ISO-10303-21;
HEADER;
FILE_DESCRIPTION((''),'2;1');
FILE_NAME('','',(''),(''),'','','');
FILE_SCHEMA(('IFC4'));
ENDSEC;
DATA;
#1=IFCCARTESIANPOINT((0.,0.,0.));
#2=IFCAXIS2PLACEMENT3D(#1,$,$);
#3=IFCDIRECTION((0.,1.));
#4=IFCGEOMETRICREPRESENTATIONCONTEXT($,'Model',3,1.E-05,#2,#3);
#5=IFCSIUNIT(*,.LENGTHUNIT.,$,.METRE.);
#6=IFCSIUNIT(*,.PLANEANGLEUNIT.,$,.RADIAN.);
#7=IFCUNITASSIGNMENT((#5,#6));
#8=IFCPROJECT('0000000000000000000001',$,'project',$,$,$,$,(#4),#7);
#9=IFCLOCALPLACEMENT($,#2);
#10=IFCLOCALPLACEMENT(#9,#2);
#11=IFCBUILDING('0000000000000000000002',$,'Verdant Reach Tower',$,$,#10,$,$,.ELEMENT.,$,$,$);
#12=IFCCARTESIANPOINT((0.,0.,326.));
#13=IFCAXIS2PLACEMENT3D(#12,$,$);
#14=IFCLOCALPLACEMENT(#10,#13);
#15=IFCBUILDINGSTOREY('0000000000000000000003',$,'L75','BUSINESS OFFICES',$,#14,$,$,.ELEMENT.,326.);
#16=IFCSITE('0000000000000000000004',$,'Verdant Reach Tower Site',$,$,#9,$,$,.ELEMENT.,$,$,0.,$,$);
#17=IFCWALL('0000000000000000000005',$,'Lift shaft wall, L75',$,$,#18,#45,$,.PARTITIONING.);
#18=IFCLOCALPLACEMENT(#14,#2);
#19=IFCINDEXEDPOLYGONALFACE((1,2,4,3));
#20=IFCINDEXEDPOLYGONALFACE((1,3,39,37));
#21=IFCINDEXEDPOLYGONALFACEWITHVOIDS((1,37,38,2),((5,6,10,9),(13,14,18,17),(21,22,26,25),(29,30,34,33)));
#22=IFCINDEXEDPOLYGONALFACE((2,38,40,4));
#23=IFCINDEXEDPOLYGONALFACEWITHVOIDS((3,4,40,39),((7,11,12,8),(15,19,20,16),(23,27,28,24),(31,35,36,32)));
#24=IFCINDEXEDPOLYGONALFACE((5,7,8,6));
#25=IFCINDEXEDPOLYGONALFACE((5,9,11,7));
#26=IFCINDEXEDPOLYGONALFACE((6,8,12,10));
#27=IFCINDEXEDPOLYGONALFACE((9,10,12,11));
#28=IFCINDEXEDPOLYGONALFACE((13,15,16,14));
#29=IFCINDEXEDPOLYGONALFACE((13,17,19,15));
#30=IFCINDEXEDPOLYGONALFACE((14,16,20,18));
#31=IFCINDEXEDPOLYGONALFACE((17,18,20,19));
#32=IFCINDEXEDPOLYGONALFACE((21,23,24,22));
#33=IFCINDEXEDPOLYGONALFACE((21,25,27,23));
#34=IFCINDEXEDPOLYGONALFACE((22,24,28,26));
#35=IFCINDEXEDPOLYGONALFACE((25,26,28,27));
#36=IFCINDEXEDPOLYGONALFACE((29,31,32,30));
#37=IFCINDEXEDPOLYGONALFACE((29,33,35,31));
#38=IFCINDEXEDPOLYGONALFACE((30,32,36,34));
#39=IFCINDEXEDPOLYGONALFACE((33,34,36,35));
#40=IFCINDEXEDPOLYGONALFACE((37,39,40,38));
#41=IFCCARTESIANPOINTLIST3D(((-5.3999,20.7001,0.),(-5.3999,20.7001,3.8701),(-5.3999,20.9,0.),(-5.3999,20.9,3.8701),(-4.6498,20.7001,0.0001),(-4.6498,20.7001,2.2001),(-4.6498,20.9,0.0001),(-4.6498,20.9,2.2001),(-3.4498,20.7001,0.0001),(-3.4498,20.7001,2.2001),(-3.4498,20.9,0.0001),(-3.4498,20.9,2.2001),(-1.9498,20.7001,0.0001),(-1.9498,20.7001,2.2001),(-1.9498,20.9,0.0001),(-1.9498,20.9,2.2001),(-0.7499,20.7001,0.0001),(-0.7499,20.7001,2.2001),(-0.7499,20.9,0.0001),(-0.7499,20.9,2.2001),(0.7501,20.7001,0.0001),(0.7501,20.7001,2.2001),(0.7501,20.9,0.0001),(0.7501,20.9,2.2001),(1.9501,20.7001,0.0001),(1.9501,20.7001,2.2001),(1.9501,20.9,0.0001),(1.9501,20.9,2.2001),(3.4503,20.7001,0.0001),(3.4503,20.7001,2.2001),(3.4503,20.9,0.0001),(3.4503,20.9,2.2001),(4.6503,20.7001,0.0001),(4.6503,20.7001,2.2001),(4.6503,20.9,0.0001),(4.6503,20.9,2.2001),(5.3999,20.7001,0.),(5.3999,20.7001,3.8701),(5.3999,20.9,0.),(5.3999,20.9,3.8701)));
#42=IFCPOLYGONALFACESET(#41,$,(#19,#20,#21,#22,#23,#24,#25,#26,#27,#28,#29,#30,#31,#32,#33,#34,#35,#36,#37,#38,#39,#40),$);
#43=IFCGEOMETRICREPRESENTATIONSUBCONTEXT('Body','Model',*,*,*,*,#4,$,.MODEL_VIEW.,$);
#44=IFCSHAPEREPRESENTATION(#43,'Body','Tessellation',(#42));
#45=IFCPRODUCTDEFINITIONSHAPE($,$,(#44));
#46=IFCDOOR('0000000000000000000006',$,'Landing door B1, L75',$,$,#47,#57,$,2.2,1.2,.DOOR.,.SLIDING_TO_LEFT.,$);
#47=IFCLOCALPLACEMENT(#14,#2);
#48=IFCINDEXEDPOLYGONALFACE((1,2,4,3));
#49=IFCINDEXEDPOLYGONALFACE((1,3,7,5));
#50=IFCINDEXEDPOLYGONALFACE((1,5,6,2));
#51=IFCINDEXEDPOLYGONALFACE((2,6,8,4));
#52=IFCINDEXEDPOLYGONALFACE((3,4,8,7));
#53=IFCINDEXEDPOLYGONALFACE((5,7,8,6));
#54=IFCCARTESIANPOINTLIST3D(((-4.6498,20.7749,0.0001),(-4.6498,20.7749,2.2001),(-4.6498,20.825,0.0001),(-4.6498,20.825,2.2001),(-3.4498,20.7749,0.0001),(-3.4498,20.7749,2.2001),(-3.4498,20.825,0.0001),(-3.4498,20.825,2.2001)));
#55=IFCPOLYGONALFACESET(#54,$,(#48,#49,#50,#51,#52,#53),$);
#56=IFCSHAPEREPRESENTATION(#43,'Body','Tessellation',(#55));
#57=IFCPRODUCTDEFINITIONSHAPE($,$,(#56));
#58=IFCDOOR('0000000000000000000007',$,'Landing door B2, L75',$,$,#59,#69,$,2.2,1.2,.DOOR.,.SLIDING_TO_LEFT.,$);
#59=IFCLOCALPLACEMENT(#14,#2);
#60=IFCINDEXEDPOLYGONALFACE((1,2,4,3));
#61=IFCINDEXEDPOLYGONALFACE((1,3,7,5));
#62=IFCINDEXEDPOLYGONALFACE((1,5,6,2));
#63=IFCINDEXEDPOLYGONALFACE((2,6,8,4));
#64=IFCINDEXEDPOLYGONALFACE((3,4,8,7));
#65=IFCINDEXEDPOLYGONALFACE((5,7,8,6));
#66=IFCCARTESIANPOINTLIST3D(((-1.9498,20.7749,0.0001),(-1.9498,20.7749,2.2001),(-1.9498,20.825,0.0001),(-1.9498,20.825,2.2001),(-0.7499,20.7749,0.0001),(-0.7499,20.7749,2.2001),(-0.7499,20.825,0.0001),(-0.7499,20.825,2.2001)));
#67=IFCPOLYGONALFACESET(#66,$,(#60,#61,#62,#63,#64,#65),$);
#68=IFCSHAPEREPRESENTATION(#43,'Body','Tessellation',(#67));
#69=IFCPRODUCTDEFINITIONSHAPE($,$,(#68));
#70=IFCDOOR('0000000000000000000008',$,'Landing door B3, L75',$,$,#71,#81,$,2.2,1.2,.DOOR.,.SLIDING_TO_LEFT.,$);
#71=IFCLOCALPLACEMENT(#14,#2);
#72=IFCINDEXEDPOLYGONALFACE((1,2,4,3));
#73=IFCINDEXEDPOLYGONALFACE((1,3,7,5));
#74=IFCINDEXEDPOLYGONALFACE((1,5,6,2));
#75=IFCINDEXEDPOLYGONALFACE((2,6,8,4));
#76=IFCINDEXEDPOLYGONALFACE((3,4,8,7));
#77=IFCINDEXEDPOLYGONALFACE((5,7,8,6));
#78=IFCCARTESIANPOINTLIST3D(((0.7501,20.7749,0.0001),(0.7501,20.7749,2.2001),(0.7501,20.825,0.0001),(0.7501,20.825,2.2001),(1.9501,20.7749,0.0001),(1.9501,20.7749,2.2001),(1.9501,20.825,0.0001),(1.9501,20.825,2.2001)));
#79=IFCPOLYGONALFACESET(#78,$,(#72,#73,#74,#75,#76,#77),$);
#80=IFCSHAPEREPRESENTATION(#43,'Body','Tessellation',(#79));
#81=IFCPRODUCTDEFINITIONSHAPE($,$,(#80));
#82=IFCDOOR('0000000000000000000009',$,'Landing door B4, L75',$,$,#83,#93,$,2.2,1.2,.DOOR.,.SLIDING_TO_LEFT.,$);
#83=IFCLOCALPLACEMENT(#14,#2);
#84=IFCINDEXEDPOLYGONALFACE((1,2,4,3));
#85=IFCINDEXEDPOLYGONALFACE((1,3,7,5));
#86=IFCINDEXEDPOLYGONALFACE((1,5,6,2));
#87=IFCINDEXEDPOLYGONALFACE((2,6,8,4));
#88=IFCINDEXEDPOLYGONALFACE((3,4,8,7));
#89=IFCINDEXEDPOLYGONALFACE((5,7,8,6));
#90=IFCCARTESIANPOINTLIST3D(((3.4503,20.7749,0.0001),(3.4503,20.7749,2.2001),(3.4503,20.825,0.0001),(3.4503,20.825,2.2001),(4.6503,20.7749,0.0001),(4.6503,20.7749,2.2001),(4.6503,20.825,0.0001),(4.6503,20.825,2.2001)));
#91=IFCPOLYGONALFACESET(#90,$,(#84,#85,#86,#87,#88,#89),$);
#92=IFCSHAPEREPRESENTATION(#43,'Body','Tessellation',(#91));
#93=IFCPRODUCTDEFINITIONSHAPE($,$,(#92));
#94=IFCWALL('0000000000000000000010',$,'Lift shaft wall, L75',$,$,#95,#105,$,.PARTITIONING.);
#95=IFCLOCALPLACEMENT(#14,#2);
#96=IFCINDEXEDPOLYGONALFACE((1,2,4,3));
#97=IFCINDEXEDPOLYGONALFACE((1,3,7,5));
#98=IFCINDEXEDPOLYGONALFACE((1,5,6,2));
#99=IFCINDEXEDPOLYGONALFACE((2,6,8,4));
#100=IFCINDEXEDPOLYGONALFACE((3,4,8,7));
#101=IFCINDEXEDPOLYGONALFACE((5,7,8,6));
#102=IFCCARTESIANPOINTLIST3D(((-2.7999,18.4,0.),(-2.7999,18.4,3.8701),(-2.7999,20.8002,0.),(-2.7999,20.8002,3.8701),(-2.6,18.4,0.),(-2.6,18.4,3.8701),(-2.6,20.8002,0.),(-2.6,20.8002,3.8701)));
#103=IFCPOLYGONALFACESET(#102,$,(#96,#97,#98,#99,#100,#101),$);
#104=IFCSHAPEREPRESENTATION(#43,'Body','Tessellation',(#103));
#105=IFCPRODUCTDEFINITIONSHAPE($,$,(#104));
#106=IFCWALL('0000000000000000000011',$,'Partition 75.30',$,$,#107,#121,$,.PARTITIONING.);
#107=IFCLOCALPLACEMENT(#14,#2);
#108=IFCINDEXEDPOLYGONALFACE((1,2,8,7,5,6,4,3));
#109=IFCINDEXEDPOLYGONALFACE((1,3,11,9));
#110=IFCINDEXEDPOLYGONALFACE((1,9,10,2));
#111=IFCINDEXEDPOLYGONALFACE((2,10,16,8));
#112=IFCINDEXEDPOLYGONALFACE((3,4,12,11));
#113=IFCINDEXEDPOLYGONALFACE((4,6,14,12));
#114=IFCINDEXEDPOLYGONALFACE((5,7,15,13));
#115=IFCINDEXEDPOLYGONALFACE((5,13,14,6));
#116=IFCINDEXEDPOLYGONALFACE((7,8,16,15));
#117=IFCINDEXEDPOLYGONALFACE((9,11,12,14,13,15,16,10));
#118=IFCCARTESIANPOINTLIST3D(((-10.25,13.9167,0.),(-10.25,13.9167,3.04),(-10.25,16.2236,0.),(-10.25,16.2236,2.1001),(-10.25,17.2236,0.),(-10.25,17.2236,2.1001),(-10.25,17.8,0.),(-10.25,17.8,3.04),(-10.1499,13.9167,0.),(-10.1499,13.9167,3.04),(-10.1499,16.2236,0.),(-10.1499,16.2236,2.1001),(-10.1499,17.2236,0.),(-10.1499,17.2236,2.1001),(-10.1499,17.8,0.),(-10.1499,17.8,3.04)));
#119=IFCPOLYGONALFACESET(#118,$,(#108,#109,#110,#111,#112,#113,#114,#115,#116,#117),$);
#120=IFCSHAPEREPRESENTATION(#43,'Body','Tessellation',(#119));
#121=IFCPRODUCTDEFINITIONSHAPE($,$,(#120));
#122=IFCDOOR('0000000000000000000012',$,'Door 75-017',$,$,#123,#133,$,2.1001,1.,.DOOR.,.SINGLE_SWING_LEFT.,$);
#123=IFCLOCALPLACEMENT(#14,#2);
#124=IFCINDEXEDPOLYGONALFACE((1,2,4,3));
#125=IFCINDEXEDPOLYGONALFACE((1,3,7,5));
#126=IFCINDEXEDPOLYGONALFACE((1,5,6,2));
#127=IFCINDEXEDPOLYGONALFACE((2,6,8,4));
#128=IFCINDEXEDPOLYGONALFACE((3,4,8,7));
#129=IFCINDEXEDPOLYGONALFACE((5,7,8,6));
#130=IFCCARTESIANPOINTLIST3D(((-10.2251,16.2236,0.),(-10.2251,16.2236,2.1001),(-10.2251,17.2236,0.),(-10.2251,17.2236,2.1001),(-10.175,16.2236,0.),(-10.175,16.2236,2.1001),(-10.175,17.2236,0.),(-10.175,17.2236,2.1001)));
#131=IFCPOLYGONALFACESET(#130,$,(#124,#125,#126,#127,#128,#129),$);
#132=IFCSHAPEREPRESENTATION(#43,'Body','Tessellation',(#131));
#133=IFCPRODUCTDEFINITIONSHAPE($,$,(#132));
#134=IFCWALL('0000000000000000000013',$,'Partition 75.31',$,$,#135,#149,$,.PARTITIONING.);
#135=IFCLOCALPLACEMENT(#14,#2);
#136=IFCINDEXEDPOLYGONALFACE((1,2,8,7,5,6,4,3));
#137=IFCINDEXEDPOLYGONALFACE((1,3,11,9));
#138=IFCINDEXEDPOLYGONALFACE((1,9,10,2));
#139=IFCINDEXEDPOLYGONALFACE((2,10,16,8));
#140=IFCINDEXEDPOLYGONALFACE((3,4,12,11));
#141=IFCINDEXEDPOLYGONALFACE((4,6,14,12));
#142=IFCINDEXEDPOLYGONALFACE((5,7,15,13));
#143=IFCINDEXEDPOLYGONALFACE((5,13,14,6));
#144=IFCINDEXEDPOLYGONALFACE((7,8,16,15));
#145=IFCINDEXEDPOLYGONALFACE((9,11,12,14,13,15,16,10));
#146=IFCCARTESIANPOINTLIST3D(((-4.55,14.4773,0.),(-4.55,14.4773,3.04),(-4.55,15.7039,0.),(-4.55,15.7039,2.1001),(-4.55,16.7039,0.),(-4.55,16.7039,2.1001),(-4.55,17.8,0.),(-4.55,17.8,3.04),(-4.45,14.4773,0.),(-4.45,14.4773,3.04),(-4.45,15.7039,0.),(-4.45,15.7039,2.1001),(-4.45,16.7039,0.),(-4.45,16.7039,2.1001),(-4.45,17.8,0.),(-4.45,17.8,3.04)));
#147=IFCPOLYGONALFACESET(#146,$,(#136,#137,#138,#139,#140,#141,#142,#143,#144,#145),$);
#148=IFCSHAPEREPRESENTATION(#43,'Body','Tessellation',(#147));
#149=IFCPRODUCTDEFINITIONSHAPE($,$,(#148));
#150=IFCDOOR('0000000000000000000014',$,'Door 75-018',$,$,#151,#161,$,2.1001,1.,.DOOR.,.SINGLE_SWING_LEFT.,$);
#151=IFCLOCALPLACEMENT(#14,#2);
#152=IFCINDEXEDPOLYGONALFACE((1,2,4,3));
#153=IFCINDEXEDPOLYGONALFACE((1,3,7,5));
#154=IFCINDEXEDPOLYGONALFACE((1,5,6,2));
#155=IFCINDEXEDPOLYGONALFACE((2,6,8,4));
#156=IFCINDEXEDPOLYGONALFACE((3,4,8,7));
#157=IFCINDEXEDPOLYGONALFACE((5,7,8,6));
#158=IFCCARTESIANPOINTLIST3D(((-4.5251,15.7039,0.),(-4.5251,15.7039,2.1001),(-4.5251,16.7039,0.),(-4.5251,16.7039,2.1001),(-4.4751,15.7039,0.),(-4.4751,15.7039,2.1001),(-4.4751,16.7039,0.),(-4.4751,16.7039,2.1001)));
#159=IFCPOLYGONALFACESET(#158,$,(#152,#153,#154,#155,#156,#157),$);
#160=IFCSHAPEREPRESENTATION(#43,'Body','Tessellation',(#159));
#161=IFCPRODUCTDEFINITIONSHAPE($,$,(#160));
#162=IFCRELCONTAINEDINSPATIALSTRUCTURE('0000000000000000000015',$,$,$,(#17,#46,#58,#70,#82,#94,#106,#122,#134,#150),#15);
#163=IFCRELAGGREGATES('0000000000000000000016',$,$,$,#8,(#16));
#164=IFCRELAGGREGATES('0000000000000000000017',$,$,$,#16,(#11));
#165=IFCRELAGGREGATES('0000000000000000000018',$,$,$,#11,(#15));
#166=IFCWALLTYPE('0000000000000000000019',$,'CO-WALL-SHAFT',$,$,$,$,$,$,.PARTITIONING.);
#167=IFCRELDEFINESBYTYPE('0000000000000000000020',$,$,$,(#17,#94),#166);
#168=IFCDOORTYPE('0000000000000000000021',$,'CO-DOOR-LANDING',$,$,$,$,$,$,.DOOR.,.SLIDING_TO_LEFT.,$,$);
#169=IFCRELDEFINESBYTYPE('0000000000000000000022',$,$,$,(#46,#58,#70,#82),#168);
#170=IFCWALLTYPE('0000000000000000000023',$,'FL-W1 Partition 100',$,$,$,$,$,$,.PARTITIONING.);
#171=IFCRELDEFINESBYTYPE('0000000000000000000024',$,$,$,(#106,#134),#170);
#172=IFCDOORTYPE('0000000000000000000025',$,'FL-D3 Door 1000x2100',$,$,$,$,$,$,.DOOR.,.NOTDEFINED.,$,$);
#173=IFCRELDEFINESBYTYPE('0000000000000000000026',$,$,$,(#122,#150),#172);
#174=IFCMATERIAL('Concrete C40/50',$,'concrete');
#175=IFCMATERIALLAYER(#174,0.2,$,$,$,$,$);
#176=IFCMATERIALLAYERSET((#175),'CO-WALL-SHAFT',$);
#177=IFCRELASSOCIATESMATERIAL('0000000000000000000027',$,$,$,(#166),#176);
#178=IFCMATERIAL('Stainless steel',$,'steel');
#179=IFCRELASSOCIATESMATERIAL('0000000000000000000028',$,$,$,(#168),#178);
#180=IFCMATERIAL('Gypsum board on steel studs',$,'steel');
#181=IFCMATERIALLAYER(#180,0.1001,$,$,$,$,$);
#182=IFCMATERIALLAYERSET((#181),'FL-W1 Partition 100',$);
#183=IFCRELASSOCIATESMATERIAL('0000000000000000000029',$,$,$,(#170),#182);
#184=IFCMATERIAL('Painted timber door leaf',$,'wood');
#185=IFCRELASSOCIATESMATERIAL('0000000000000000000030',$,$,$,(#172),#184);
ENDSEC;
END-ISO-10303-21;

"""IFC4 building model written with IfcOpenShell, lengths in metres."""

from ifc_helpers import new_model, si_unit, direction, frame, frame_2d, origin, place, context, subcontext, project, spatial, rectangle, extrude, material, layer, layer_set, type_object, element, fill, save


model = new_model("IFC4")

# Units and contexts
model_context = context("Model", 3, precision=1e-05, world=origin(), true_north=direction((0.0, 1.0)))
body_context = subcontext(model_context, "Body", "Model", "MODEL_VIEW")
ifc_project = project(units=[si_unit("LENGTHUNIT", "METRE"), si_unit("PLANEANGLEUNIT", "RADIAN")], contexts=[model_context])

# Site, building, storey
site_placement = place(None, origin())
site = spatial("IfcSite", under=ifc_project, at=site_placement, Name="Verdant Reach Tower Site", CompositionType="ELEMENT", RefElevation=0.0)
building_placement = place(site_placement, origin())
building = spatial("IfcBuilding", under=site, at=building_placement, Name="Verdant Reach Tower", CompositionType="ELEMENT")
storey_placement = place(building_placement, frame((0.0, 0.0, 326.0)))
storey = spatial("IfcBuildingStorey", under=building, at=storey_placement, Name="L75", Description="BUSINESS OFFICES", CompositionType="ELEMENT", Elevation=326.0)

# Shared definitions
ifc_material_1 = material(Name="Gypsum board on steel studs", Category="steel")

# Wall, openings, doors
ifc_material_2 = material(Name="Concrete C40/50", Category="concrete")
ifc_layer_1 = layer(ifc_material_2, 0.2)
ifc_layer_set_1 = layer_set([ifc_layer_1], Name="CO-WALL-SHAFT")
wall_type_1 = type_object("IfcWallType", Name="CO-WALL-SHAFT", PredefinedType="PARTITIONING", material=ifc_layer_set_1)
wall_1_placement = place(storey_placement, frame((-5.3999, 20.8, 0.0), z_axis=(0.0, 0.0, 1.0), x_axis=(1.0, 0.0, 0.0)))
wall_1 = element("IfcWall", 1, at=wall_1_placement, inside=storey, type_object=wall_type_1, Name="Lift shaft wall, L75", PredefinedType="PARTITIONING", context=body_context, shape_type="SweptSolid", body=[
    extrude(rectangle(XDim=10.7998, YDim=0.2, at=frame_2d((5.3999, 0.0))), origin(), (0.0, 0.0, 1.0), 3.8701),
])
opening_1_placement = place(wall_1_placement, frame((0.75, 0.0, 0.0)))
opening_1 = element("IfcOpeningElement", 2, at=opening_1_placement, cuts=wall_1, PredefinedType="OPENING", context=body_context, shape_type="SweptSolid", body=[
    extrude(rectangle(XDim=1.2, YDim=2.2, at=frame_2d((0.6001, 1.1001))), frame((0.0, 0.1099, 0.0), z_axis=(0.0, -1.0, 0.0), x_axis=(1.0, 0.0, 0.0)), (0.0, 0.0, 1.0), 0.22),
])
opening_2_placement = place(wall_1_placement, frame((3.45, 0.0, 0.0)))
opening_2 = element("IfcOpeningElement", 3, at=opening_2_placement, cuts=wall_1, PredefinedType="OPENING", context=body_context, shape_type="SweptSolid", body=[
    extrude(rectangle(XDim=1.2, YDim=2.2, at=frame_2d((0.6001, 1.1001))), frame((0.0, 0.1099, 0.0), z_axis=(0.0, -1.0, 0.0), x_axis=(1.0, 0.0, 0.0)), (0.0, 0.0, 1.0), 0.22),
])
opening_3_placement = place(wall_1_placement, frame((6.1499, 0.0, 0.0)))
opening_3 = element("IfcOpeningElement", 4, at=opening_3_placement, cuts=wall_1, PredefinedType="OPENING", context=body_context, shape_type="SweptSolid", body=[
    extrude(rectangle(XDim=1.2, YDim=2.2, at=frame_2d((0.6001, 1.1001))), frame((0.0, 0.1099, 0.0), z_axis=(0.0, -1.0, 0.0), x_axis=(1.0, 0.0, 0.0)), (0.0, 0.0, 1.0), 0.22),
])
opening_4_placement = place(wall_1_placement, frame((8.8501, 0.0, 0.0)))
opening_4 = element("IfcOpeningElement", 5, at=opening_4_placement, cuts=wall_1, PredefinedType="OPENING", context=body_context, shape_type="SweptSolid", body=[
    extrude(rectangle(XDim=1.2, YDim=2.2, at=frame_2d((0.6001, 1.1001))), frame((0.0, 0.1099, 0.0), z_axis=(0.0, -1.0, 0.0), x_axis=(1.0, 0.0, 0.0)), (0.0, 0.0, 1.0), 0.22),
])
ifc_material_3 = material(Name="Stainless steel", Category="steel")
door_type_1 = type_object("IfcDoorType", Name="CO-DOOR-LANDING", OperationType="SLIDING_TO_LEFT", PredefinedType="DOOR", material=ifc_material_3)
door_1_placement = place(opening_1_placement, origin())
door_1 = element("IfcDoor", 6, at=door_1_placement, inside=storey, type_object=door_type_1, Name="Landing door B1, L75", OperationType="SLIDING_TO_LEFT", OverallHeight=2.2, OverallWidth=1.2, PredefinedType="DOOR", context=body_context, shape_type="SweptSolid", body=[
    extrude(rectangle(XDim=1.2, YDim=2.2, at=frame_2d((0.6001, 1.1001))), frame((0.0, 0.0249, 0.0), z_axis=(0.0, -1.0, 0.0), x_axis=(1.0, 0.0, 0.0)), (0.0, 0.0, 1.0), 0.05),
])
fill(opening_1, door_1)
door_2_placement = place(opening_2_placement, origin())
door_2 = element("IfcDoor", 7, at=door_2_placement, inside=storey, type_object=door_type_1, Name="Landing door B2, L75", OperationType="SLIDING_TO_LEFT", OverallHeight=2.2, OverallWidth=1.2, PredefinedType="DOOR", context=body_context, shape_type="SweptSolid", body=[
    extrude(rectangle(XDim=1.2, YDim=2.2, at=frame_2d((0.6001, 1.1001))), frame((0.0, 0.0249, 0.0), z_axis=(0.0, -1.0, 0.0), x_axis=(1.0, 0.0, 0.0)), (0.0, 0.0, 1.0), 0.05),
])
fill(opening_2, door_2)
door_3_placement = place(opening_3_placement, origin())
door_3 = element("IfcDoor", 8, at=door_3_placement, inside=storey, type_object=door_type_1, Name="Landing door B3, L75", OperationType="SLIDING_TO_LEFT", OverallHeight=2.2, OverallWidth=1.2, PredefinedType="DOOR", context=body_context, shape_type="SweptSolid", body=[
    extrude(rectangle(XDim=1.2, YDim=2.2, at=frame_2d((0.6001, 1.1001))), frame((0.0, 0.0249, 0.0), z_axis=(0.0, -1.0, 0.0), x_axis=(1.0, 0.0, 0.0)), (0.0, 0.0, 1.0), 0.05),
])
fill(opening_3, door_3)
door_4_placement = place(opening_4_placement, origin())
door_4 = element("IfcDoor", 9, at=door_4_placement, inside=storey, type_object=door_type_1, Name="Landing door B4, L75", OperationType="SLIDING_TO_LEFT", OverallHeight=2.2, OverallWidth=1.2, PredefinedType="DOOR", context=body_context, shape_type="SweptSolid", body=[
    extrude(rectangle(XDim=1.2, YDim=2.2, at=frame_2d((0.6001, 1.1001))), frame((0.0, 0.0249, 0.0), z_axis=(0.0, -1.0, 0.0), x_axis=(1.0, 0.0, 0.0)), (0.0, 0.0, 1.0), 0.05),
])
fill(opening_4, door_4)

# Wall
wall_2_placement = place(storey_placement, frame((-2.7, 18.3999, 0.0), z_axis=(0.0, 0.0, 1.0), x_axis=(0.0, 1.0, 0.0)))
element("IfcWall", 10, at=wall_2_placement, inside=storey, type_object=wall_type_1, Name="Lift shaft wall, L75", PredefinedType="PARTITIONING", context=body_context, shape_type="SweptSolid", body=[
    extrude(rectangle(XDim=2.4001, YDim=0.2, at=frame_2d((1.2002, 0.0))), origin(), (0.0, 0.0, 1.0), 3.8701),
])

# Walls, openings, doors
ifc_layer_2 = layer(ifc_material_1, 0.1001)
ifc_layer_set_2 = layer_set([ifc_layer_2], Name="FL-W1 Partition 100")
wall_type_2 = type_object("IfcWallType", Name="FL-W1 Partition 100", PredefinedType="PARTITIONING", material=ifc_layer_set_2)
wall_3_placement = place(storey_placement, frame((-10.2, 17.8, 0.0), z_axis=(0.0, 0.0, 1.0), x_axis=(0.0, -1.0, 0.0)))
wall_3 = element("IfcWall", 11, at=wall_3_placement, inside=storey, type_object=wall_type_2, Name="Partition 75.30", PredefinedType="PARTITIONING", context=body_context, shape_type="SweptSolid", body=[
    extrude(rectangle(XDim=3.8833, YDim=0.1001, at=frame_2d((1.9417, 0.0))), origin(), (0.0, 0.0, 1.0), 3.04),
])
opening_5_placement = place(wall_3_placement, frame((0.5764, 0.0, 0.0)))
opening_5 = element("IfcOpeningElement", 12, at=opening_5_placement, cuts=wall_3, PredefinedType="OPENING", context=body_context, shape_type="SweptSolid", body=[
    extrude(rectangle(XDim=1.0, YDim=2.1001, at=frame_2d((0.5, 1.05))), frame((0.0, 0.0601, 0.0), z_axis=(0.0, -1.0, 0.0), x_axis=(1.0, 0.0, 0.0)), (0.0, 0.0, 1.0), 0.1201),
])
ifc_material_4 = material(Name="Painted timber door leaf", Category="wood")
door_type_2 = type_object("IfcDoorType", Name="FL-D3 Door 1000x2100", OperationType="NOTDEFINED", PredefinedType="DOOR", material=ifc_material_4)
door_5_placement = place(opening_5_placement, origin())
door_5 = element("IfcDoor", 13, at=door_5_placement, inside=storey, type_object=door_type_2, Name="Door 75-017", OperationType="SINGLE_SWING_LEFT", OverallHeight=2.1001, OverallWidth=1.0, PredefinedType="DOOR", context=body_context, shape_type="SweptSolid", body=[
    extrude(rectangle(XDim=1.0, YDim=2.1001, at=frame_2d((0.5, 1.05))), frame((0.0, 0.0249, 0.0), z_axis=(0.0, -1.0, 0.0), x_axis=(1.0, 0.0, 0.0)), (0.0, 0.0, 1.0), 0.05),
])
fill(opening_5, door_5)
wall_4_placement = place(storey_placement, frame((-4.5, 17.8, 0.0), z_axis=(0.0, 0.0, 1.0), x_axis=(0.0, -1.0, 0.0)))
wall_4 = element("IfcWall", 14, at=wall_4_placement, inside=storey, type_object=wall_type_2, Name="Partition 75.31", PredefinedType="PARTITIONING", context=body_context, shape_type="SweptSolid", body=[
    extrude(rectangle(XDim=3.3228, YDim=0.1001, at=frame_2d((1.6614, 0.0))), origin(), (0.0, 0.0, 1.0), 3.04),
])
opening_6_placement = place(wall_4_placement, frame((1.0962, 0.0, 0.0)))
opening_6 = element("IfcOpeningElement", 15, at=opening_6_placement, cuts=wall_4, PredefinedType="OPENING", context=body_context, shape_type="SweptSolid", body=[
    extrude(rectangle(XDim=1.0, YDim=2.1001, at=frame_2d((0.5, 1.05))), frame((0.0, 0.0601, 0.0), z_axis=(0.0, -1.0, 0.0), x_axis=(1.0, 0.0, 0.0)), (0.0, 0.0, 1.0), 0.1201),
])
door_6_placement = place(opening_6_placement, origin())
door_6 = element("IfcDoor", 16, at=door_6_placement, inside=storey, type_object=door_type_2, Name="Door 75-018", OperationType="SINGLE_SWING_LEFT", OverallHeight=2.1001, OverallWidth=1.0, PredefinedType="DOOR", context=body_context, shape_type="SweptSolid", body=[
    extrude(rectangle(XDim=1.0, YDim=2.1001, at=frame_2d((0.5, 1.05))), frame((0.0, 0.0249, 0.0), z_axis=(0.0, -1.0, 0.0), x_axis=(1.0, 0.0, 0.0)), (0.0, 0.0, 1.0), 0.05),
])
fill(opening_6, door_6)

save(model, "model.ifc")
